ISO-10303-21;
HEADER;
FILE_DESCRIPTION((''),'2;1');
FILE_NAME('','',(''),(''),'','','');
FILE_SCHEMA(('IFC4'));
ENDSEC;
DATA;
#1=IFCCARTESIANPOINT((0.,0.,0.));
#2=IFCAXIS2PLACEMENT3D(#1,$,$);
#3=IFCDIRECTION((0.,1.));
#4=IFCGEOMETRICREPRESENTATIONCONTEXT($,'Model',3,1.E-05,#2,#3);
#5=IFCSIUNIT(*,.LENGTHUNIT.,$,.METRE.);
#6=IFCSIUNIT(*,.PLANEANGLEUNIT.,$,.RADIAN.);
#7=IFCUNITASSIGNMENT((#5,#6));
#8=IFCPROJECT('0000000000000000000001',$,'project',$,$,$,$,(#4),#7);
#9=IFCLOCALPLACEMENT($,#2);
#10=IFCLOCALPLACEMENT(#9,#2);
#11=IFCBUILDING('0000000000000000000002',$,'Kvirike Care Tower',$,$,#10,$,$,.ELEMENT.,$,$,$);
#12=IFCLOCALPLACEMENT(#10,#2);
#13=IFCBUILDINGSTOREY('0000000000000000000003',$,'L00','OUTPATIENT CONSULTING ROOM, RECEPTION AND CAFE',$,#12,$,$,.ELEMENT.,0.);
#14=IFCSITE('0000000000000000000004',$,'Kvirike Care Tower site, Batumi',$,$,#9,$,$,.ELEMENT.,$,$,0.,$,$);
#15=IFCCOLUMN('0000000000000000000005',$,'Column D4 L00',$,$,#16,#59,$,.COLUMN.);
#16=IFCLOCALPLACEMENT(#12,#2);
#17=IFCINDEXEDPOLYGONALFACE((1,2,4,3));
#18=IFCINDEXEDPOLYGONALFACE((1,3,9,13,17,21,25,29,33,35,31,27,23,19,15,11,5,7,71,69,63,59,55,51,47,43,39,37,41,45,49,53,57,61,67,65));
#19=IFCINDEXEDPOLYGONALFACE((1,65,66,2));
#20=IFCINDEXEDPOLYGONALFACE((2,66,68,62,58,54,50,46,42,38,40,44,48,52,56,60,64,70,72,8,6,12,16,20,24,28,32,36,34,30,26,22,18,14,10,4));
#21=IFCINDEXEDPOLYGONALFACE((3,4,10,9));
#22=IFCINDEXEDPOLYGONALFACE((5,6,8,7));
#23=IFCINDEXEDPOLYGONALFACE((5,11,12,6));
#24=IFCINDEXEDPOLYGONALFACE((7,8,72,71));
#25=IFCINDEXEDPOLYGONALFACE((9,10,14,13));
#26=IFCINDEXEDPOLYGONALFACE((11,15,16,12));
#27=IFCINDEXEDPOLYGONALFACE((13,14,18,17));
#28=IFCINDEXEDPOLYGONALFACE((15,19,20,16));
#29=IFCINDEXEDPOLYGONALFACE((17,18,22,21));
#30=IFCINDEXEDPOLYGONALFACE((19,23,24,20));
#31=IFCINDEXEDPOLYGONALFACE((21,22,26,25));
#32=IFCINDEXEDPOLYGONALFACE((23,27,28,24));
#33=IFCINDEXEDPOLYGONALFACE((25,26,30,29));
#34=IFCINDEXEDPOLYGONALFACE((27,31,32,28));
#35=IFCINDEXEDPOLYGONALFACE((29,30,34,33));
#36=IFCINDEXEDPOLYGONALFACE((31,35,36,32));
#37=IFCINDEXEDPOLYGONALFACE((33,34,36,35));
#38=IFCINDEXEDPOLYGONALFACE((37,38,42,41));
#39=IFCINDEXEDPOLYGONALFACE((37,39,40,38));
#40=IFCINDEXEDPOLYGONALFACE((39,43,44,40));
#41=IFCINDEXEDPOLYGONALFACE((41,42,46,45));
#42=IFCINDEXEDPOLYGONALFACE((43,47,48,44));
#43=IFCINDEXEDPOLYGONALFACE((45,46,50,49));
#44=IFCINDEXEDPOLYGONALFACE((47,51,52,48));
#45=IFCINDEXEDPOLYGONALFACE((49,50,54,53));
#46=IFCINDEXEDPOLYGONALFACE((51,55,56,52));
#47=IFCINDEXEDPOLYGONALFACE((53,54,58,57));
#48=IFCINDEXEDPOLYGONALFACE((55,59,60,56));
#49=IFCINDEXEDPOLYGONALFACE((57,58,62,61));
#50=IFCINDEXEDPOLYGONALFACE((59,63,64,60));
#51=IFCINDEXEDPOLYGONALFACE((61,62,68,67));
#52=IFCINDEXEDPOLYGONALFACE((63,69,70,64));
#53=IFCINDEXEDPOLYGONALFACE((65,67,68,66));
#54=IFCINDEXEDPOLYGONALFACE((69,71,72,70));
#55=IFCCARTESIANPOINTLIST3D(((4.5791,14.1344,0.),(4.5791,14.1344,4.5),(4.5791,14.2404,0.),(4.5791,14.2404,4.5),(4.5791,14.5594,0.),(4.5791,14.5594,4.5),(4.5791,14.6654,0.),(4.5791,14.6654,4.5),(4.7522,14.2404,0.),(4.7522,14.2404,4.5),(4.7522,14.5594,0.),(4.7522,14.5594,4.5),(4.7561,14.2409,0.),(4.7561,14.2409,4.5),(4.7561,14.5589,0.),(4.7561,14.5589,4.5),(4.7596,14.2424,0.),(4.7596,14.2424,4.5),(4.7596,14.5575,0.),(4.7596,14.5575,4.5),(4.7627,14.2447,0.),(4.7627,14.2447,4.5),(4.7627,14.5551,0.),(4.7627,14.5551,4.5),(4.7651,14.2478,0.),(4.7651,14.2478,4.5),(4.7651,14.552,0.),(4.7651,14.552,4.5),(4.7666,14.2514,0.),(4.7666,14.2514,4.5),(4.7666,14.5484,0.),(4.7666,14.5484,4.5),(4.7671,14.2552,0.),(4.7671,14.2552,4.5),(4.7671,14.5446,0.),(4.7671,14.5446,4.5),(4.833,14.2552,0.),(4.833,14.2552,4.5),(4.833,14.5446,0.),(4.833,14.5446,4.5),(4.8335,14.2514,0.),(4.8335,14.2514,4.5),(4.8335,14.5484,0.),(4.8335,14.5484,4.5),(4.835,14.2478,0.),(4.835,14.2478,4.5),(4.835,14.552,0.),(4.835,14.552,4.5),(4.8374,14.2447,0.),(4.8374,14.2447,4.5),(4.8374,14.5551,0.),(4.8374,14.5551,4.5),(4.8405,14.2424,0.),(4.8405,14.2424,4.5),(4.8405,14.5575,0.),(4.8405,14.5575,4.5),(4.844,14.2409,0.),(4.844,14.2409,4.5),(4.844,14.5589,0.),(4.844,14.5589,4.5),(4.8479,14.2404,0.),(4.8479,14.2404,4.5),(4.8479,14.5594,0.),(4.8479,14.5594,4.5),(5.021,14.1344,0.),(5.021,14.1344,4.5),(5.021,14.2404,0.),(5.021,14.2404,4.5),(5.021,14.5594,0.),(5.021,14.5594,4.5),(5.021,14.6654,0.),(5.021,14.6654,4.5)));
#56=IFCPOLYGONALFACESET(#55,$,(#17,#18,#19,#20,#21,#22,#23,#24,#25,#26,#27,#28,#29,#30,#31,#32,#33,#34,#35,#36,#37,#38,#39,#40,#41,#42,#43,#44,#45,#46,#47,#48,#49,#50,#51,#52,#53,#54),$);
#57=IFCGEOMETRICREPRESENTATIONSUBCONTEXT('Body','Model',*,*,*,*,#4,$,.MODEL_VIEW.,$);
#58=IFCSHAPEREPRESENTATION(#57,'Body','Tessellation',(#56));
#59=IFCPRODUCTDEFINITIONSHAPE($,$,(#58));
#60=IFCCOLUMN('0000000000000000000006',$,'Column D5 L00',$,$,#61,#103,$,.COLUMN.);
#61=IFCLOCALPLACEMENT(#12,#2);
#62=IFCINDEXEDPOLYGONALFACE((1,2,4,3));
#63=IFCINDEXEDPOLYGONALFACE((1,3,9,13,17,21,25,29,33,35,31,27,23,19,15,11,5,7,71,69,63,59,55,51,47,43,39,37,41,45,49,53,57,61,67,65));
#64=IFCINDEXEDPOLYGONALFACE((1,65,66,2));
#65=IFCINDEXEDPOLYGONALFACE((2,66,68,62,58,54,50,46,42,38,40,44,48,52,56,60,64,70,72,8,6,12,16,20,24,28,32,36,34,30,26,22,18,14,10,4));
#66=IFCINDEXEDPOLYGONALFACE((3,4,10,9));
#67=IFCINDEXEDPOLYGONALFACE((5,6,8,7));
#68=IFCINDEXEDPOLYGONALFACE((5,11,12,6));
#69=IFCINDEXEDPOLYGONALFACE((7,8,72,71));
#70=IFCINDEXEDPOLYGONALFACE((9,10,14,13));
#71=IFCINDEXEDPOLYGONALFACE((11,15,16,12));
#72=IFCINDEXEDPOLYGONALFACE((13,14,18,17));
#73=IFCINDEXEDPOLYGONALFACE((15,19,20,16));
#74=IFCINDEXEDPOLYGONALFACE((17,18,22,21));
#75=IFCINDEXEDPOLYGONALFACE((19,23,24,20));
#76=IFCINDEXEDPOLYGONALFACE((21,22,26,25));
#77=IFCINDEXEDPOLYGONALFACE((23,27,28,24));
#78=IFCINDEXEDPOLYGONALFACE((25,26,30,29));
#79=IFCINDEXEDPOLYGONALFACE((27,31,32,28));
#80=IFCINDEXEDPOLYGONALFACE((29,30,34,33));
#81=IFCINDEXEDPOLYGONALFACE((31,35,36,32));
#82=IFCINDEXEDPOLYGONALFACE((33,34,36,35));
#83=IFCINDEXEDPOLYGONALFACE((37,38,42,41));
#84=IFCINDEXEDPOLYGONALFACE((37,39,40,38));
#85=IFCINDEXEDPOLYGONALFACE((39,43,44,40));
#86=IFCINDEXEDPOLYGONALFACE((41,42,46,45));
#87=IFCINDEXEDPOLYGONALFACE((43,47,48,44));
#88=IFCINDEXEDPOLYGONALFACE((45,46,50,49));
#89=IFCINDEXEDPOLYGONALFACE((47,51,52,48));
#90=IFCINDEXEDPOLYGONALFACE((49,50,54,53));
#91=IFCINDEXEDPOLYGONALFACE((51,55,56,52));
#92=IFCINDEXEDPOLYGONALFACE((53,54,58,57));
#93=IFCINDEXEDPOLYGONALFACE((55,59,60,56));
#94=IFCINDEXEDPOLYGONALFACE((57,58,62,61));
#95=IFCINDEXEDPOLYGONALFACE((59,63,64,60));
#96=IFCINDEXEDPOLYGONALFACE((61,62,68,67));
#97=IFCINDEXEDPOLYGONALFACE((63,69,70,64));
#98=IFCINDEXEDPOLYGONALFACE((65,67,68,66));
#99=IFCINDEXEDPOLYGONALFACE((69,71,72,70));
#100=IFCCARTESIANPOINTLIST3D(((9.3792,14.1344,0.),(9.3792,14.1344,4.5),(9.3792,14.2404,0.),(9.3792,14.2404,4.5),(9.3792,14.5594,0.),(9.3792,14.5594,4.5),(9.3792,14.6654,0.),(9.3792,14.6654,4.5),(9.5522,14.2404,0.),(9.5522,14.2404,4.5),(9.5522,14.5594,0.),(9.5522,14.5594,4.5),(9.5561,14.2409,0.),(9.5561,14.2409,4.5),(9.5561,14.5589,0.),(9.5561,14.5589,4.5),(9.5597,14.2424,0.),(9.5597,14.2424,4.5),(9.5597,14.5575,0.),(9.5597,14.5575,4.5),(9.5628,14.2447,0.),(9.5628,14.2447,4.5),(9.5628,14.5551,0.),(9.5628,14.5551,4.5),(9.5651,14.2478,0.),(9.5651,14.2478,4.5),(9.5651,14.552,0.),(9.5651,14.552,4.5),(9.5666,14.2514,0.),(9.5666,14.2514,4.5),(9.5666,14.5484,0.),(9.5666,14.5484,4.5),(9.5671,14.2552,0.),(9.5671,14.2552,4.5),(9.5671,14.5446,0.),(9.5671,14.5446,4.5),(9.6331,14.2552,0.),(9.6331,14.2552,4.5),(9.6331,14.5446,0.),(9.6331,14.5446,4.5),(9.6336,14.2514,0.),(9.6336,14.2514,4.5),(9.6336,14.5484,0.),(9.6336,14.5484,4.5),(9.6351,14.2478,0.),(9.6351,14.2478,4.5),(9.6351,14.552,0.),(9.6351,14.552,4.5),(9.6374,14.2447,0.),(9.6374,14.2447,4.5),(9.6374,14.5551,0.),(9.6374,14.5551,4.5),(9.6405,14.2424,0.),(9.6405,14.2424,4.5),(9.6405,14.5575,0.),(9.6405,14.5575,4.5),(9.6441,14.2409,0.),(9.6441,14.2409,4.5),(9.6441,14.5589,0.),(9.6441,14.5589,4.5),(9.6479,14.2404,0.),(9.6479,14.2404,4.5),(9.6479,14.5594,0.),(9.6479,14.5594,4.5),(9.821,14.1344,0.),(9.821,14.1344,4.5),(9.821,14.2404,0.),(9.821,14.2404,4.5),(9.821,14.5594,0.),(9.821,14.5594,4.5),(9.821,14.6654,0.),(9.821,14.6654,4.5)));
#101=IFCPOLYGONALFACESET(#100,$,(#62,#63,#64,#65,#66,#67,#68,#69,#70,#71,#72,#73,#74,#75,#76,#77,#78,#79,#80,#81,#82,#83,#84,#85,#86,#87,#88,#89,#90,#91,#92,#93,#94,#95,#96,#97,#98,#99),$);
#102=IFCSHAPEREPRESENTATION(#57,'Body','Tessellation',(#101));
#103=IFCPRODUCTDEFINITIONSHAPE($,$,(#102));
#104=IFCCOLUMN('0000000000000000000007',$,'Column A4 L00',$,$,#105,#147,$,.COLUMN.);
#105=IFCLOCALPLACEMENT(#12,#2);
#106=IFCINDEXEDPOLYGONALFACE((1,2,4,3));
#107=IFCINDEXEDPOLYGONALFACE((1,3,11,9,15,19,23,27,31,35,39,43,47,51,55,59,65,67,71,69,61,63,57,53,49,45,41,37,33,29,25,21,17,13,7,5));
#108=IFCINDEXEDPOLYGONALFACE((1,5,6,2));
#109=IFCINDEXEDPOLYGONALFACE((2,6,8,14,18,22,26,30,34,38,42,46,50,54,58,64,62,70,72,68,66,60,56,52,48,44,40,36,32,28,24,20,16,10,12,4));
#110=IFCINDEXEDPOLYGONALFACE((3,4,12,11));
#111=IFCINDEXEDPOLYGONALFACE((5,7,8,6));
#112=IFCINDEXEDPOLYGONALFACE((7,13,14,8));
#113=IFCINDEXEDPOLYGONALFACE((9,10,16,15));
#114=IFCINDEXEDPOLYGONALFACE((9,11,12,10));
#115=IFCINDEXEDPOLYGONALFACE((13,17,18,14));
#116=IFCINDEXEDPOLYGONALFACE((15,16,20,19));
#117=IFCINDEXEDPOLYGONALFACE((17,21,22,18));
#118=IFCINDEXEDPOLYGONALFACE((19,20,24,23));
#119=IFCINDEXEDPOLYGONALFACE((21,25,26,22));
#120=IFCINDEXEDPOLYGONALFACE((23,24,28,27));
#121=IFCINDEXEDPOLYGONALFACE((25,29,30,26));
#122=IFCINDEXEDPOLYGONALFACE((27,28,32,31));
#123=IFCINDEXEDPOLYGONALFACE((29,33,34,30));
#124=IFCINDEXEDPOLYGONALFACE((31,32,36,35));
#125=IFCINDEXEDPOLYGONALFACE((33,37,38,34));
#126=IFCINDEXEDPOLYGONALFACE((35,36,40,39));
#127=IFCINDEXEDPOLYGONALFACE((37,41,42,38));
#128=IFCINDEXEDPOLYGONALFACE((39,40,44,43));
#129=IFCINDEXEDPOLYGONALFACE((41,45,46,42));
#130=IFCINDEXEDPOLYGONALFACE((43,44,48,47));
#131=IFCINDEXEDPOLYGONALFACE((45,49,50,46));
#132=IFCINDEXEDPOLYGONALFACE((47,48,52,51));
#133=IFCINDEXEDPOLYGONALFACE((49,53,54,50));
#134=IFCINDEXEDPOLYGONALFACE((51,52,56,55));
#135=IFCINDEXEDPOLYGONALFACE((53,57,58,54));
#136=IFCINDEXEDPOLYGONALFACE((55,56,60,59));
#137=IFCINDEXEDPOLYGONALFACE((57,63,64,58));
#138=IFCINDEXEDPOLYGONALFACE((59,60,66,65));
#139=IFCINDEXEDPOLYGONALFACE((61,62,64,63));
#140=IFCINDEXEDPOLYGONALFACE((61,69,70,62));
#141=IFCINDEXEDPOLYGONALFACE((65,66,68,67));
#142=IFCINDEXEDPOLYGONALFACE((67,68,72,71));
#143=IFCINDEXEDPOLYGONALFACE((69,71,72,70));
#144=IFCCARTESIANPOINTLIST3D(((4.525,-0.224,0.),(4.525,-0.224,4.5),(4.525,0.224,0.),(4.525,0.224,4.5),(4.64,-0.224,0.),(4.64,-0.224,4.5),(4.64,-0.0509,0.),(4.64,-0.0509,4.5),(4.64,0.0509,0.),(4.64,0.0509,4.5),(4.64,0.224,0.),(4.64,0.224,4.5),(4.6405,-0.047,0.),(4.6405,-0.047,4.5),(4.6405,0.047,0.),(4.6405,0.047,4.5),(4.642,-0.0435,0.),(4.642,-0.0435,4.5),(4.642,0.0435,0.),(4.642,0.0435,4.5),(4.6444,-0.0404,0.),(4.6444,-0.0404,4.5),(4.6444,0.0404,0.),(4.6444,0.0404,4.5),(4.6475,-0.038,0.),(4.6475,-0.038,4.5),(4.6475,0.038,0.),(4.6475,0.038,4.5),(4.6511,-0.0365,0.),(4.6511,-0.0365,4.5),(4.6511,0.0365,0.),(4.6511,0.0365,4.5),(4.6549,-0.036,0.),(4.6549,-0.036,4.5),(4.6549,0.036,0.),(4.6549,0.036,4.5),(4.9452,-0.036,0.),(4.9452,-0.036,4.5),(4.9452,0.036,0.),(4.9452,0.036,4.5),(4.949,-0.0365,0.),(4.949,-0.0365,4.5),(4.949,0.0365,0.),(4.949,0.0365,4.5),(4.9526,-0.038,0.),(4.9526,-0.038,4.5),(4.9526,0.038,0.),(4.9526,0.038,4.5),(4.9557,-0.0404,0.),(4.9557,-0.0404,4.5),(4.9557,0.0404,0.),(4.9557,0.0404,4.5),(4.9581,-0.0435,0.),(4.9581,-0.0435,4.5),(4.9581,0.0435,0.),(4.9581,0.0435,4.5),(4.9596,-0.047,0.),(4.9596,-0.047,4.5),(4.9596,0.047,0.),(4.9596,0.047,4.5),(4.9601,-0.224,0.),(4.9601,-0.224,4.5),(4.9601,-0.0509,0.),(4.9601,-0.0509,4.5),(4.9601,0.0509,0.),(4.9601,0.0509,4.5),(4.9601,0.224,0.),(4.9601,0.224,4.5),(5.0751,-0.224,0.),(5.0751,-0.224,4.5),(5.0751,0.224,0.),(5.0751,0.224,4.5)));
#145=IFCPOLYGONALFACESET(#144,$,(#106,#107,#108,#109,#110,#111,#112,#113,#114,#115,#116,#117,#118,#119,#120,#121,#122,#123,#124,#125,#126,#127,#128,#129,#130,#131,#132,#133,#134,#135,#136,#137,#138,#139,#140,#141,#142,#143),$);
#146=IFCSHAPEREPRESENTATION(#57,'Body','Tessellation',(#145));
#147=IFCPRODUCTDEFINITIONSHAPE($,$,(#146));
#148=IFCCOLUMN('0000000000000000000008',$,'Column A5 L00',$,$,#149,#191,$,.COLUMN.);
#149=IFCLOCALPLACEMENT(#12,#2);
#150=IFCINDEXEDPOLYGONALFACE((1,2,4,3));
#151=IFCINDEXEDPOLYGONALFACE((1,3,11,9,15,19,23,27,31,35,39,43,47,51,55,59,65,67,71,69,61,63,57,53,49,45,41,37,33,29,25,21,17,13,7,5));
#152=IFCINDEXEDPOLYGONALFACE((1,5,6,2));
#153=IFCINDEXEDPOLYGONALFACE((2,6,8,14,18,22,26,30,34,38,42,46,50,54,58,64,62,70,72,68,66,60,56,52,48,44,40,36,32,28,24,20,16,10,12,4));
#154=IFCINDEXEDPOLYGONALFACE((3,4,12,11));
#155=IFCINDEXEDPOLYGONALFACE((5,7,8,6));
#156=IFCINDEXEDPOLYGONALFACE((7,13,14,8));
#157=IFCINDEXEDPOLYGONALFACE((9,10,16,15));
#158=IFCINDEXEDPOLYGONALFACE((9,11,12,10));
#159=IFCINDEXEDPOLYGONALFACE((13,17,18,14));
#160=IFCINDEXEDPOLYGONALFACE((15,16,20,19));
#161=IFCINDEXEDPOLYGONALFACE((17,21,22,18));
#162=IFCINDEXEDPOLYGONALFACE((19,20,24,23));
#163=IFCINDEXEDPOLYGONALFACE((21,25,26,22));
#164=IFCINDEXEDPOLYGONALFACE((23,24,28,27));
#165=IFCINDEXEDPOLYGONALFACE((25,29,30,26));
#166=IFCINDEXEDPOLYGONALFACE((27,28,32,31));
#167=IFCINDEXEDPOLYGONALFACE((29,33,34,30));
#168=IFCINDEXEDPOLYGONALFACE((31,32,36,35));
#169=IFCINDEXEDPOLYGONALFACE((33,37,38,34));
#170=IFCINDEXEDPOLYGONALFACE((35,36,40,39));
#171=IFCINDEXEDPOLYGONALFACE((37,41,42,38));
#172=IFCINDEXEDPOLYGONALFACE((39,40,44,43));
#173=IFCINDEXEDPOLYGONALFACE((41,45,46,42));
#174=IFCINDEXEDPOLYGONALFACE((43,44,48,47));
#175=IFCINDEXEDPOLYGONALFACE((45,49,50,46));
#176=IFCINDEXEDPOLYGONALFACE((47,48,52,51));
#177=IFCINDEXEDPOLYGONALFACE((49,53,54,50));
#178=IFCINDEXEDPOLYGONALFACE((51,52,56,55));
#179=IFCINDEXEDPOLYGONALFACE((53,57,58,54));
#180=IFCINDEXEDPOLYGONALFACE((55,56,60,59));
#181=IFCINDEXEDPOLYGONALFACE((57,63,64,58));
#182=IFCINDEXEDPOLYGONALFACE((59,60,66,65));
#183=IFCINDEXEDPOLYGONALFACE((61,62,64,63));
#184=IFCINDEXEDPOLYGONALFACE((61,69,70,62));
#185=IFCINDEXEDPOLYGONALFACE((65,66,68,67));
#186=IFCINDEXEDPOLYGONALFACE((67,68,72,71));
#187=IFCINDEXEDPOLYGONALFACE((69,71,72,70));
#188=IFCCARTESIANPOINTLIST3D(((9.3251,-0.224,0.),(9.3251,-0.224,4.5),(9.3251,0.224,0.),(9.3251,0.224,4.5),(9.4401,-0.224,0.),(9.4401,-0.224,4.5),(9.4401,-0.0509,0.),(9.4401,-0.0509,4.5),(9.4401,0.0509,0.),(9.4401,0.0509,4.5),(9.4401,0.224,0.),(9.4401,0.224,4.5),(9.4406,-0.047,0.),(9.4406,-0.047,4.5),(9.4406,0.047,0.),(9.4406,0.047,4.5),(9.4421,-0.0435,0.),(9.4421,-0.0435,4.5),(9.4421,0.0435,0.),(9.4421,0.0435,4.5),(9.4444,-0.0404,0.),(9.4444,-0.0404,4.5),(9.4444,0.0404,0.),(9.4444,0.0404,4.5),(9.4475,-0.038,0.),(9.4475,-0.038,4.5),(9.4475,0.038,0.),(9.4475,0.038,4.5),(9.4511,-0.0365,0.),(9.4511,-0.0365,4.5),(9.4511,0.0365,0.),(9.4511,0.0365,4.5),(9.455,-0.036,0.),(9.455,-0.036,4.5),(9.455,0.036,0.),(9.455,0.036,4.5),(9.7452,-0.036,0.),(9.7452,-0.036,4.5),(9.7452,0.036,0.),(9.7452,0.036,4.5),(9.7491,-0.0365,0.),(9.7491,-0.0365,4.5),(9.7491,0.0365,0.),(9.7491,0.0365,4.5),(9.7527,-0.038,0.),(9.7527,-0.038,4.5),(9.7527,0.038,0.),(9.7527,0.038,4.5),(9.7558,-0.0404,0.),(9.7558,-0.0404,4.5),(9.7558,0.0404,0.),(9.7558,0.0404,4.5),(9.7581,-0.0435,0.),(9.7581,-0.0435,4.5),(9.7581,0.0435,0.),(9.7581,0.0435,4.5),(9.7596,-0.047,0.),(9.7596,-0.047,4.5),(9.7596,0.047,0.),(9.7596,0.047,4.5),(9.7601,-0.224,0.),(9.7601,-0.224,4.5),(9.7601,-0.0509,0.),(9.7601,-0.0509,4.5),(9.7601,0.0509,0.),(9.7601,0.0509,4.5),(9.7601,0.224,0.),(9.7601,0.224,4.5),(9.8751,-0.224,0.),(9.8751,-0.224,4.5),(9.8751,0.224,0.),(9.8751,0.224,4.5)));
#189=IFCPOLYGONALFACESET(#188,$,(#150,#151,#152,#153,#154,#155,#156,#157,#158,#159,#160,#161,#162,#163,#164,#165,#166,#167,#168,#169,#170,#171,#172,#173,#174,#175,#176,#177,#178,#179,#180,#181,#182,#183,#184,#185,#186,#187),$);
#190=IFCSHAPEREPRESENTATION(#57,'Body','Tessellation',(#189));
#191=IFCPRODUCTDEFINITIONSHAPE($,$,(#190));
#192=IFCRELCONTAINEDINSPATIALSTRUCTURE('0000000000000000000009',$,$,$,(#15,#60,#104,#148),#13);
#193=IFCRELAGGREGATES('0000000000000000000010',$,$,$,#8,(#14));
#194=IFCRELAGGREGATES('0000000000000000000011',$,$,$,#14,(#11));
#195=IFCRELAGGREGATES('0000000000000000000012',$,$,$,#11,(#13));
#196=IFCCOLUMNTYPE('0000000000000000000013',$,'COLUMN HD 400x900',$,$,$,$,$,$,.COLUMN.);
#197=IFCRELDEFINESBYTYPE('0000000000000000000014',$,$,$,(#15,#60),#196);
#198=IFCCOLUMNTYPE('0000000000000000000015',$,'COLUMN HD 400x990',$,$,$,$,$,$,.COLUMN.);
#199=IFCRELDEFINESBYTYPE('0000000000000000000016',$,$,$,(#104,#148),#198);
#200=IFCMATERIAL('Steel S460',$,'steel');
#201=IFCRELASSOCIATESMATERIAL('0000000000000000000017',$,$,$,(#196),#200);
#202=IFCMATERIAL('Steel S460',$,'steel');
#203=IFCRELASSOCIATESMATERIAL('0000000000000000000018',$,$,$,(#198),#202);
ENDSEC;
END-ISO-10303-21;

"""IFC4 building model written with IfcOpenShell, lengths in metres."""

from ifc_helpers import new_model, si_unit, direction, frame, origin, origin_2d, place, context, subcontext, project, spatial, i_section, extrude, material, material_profile, profile_set, type_object, element, save


model = new_model("IFC4")

# Units and contexts
model_context = context("Model", 3, precision=1e-05, world=origin(), true_north=direction((0.0, 1.0)))
body_context = subcontext(model_context, "Body", "Model", "MODEL_VIEW")
ifc_project = project(units=[si_unit("LENGTHUNIT", "METRE"), si_unit("PLANEANGLEUNIT", "RADIAN")], contexts=[model_context])

# Site, building, storey
site_placement = place(None, origin())
site = spatial("IfcSite", under=ifc_project, at=site_placement, Name="Kvirike Care Tower site, Batumi", CompositionType="ELEMENT", RefElevation=0.0)
building_placement = place(site_placement, origin())
building = spatial("IfcBuilding", under=site, at=building_placement, Name="Kvirike Care Tower", CompositionType="ELEMENT")
storey_placement = place(building_placement, origin())
storey = spatial("IfcBuildingStorey", under=building, at=storey_placement, Name="L00", Description="OUTPATIENT CONSULTING ROOM, RECEPTION AND CAFE", CompositionType="ELEMENT", Elevation=0.0)

# Columns
ifc_material_1 = material(Name="Steel S460", Category="steel")
ifc_material_profile_1 = material_profile(ifc_material_1, i_section(OverallWidth=0.4419, OverallDepth=0.531, WebThickness=0.0659, FlangeThickness=0.106, FilletRadius=0.0149, at=origin_2d()), Name="HD 400x900")
ifc_profile_set_1 = profile_set([ifc_material_profile_1], Name="Steel S460")
column_type_1 = type_object("IfcColumnType", Name="COLUMN HD 400x900", PredefinedType="COLUMN", material=ifc_profile_set_1)
for number, where, z_axis, x_axis, name in (
    (1, (4.8, 14.3999, 0.0), (0.0, 0.0, 1.0), (1.0, 0.0, 0.0), "Column D4 L00"),
    (2, (9.6001, 14.3999, 0.0), (0.0, 0.0, 1.0), (1.0, 0.0, 0.0), "Column D5 L00"),
):
    element("IfcColumn", number, at=place(storey_placement, frame(where, z_axis=z_axis, x_axis=x_axis)), inside=storey, type_object=column_type_1, Name=name, PredefinedType="COLUMN", context=body_context, shape_type="SweptSolid", body=[
        extrude(i_section(OverallWidth=0.4419, OverallDepth=0.531, WebThickness=0.0659, FlangeThickness=0.106, FilletRadius=0.0149, at=origin_2d()), origin(), (0.0, 0.0, 1.0), 4.5),
    ])
ifc_material_2 = material(Name="Steel S460", Category="steel")
ifc_material_profile_2 = material_profile(ifc_material_2, i_section(OverallWidth=0.448, OverallDepth=0.55, WebThickness=0.072, FlangeThickness=0.115, FilletRadius=0.0149, at=origin_2d()), Name="HD 400x990")
ifc_profile_set_2 = profile_set([ifc_material_profile_2], Name="Steel S460")
column_type_2 = type_object("IfcColumnType", Name="COLUMN HD 400x990", PredefinedType="COLUMN", material=ifc_profile_set_2)
for number, where, z_axis, x_axis, name in (
    (3, (4.8, 0.0, 0.0), (0.0, 0.0, 1.0), (0.0, 1.0, 0.0), "Column A4 L00"),
    (4, (9.6001, 0.0, 0.0), (0.0, 0.0, 1.0), (0.0, 1.0, 0.0), "Column A5 L00"),
):
    element("IfcColumn", number, at=place(storey_placement, frame(where, z_axis=z_axis, x_axis=x_axis)), inside=storey, type_object=column_type_2, Name=name, PredefinedType="COLUMN", context=body_context, shape_type="SweptSolid", body=[
        extrude(i_section(OverallWidth=0.448, OverallDepth=0.55, WebThickness=0.072, FlangeThickness=0.115, FilletRadius=0.0149, at=origin_2d()), origin(), (0.0, 0.0, 1.0), 4.5),
    ])

save(model, "model.ifc")
